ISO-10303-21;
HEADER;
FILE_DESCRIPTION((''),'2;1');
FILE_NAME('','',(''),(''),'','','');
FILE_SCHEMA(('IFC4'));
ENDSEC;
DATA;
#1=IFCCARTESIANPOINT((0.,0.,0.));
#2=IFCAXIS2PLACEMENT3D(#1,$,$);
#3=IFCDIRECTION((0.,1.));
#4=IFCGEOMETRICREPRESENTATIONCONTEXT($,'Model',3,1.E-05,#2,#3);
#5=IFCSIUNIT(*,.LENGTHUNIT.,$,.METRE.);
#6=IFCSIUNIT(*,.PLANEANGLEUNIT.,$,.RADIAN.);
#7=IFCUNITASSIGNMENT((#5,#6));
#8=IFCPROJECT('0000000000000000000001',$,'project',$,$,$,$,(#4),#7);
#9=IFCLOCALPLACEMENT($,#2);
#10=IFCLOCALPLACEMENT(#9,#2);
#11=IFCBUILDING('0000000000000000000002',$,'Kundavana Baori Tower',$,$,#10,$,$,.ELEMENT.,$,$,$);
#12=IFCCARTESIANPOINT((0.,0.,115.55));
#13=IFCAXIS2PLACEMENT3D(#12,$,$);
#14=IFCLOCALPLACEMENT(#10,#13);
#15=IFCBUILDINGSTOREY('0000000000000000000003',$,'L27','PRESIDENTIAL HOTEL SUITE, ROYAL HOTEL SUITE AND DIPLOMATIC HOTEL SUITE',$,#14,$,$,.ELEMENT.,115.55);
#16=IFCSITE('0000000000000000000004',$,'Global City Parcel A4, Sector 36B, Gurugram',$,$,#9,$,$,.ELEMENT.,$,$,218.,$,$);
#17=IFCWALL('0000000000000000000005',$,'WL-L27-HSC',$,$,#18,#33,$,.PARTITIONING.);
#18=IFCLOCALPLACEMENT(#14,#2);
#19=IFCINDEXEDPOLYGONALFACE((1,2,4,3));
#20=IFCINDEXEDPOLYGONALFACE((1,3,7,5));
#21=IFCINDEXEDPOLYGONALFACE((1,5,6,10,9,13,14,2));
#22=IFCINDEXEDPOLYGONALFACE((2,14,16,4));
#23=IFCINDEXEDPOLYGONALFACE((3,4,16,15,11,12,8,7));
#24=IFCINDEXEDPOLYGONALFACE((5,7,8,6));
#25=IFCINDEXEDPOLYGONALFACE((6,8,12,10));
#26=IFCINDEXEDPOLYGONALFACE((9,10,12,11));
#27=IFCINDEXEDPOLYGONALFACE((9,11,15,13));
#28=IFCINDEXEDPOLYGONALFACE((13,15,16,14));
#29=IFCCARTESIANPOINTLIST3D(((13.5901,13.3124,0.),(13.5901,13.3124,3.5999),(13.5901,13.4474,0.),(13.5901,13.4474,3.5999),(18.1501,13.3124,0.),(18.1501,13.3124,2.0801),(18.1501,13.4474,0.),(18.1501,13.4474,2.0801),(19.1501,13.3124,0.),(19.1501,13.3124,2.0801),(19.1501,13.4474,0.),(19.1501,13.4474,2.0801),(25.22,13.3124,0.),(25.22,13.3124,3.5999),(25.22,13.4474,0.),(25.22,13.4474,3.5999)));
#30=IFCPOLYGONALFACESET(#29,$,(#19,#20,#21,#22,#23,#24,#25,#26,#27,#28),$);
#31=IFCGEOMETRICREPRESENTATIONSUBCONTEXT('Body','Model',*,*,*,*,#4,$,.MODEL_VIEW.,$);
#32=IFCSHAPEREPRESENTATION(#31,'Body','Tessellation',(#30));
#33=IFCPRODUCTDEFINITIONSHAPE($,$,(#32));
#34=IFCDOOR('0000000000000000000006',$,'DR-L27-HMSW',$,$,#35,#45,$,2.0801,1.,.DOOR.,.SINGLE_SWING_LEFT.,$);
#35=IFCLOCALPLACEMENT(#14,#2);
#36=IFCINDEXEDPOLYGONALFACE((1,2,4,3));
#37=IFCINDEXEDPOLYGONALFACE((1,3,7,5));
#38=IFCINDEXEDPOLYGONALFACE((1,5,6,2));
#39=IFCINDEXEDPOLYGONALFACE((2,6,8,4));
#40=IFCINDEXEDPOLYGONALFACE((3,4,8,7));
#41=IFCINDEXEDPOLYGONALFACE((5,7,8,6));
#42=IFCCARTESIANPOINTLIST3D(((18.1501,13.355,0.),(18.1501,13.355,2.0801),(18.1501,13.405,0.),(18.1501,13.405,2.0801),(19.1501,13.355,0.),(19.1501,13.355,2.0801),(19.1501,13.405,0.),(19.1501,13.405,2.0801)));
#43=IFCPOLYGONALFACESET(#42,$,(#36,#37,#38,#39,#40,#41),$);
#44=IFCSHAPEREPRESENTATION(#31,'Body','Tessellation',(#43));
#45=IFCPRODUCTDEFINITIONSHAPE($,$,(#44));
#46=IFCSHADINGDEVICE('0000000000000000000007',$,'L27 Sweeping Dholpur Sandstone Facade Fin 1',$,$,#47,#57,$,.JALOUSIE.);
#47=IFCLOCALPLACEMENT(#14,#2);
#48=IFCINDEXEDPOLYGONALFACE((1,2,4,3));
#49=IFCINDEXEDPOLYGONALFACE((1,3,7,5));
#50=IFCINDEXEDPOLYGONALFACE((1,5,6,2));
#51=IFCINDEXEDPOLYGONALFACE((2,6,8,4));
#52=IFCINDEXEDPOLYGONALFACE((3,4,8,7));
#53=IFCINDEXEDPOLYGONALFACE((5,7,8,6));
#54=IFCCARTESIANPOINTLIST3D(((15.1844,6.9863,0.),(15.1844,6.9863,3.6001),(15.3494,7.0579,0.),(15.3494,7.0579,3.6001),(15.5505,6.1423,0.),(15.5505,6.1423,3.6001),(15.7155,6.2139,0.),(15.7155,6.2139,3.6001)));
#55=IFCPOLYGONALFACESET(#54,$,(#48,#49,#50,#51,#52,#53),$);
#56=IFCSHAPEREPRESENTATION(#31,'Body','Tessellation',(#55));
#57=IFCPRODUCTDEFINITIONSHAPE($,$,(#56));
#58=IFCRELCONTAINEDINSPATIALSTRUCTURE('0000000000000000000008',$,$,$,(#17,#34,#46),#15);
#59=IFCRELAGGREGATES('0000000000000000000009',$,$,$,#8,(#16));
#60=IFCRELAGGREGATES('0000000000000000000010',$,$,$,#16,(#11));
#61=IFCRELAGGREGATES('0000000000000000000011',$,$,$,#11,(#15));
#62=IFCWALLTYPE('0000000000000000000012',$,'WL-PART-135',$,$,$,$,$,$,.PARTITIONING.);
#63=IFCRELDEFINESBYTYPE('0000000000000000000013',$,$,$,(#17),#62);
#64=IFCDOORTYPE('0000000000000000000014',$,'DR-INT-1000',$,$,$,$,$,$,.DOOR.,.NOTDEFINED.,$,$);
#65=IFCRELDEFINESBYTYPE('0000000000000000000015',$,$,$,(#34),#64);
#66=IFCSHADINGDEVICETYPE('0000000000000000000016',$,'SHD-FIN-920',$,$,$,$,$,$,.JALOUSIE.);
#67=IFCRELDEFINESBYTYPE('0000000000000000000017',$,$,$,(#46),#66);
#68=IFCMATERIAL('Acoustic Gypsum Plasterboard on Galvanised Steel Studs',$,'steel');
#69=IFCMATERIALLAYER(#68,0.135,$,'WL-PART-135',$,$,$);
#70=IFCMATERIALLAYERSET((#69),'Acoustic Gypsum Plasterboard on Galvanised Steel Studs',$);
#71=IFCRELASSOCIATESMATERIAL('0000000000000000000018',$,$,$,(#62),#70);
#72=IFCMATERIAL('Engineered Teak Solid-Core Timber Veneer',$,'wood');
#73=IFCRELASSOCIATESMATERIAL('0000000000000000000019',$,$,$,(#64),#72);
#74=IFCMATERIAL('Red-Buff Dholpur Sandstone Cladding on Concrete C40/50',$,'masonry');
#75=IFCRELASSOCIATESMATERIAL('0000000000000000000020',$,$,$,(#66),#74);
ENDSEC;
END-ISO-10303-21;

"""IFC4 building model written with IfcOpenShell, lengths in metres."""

from ifc_helpers import new_model, si_unit, direction, frame, frame_2d, origin, origin_2d, place, context, subcontext, project, spatial, rectangle, extrude, material, layer, layer_set, type_object, element, fill, save


model = new_model("IFC4")

# Units and contexts
model_context = context("Model", 3, precision=1e-05, world=origin(), true_north=direction((0.0, 1.0)))
body_context = subcontext(model_context, "Body", "Model", "MODEL_VIEW")
ifc_project = project(units=[si_unit("LENGTHUNIT", "METRE"), si_unit("PLANEANGLEUNIT", "RADIAN")], contexts=[model_context])

# Site, building, storey
site_placement = place(None, origin())
site = spatial("IfcSite", under=ifc_project, at=site_placement, Name="Global City Parcel A4, Sector 36B, Gurugram", CompositionType="ELEMENT", RefElevation=218.0)
building_placement = place(site_placement, origin())
building = spatial("IfcBuilding", under=site, at=building_placement, Name="Kundavana Baori Tower", CompositionType="ELEMENT")
storey_placement = place(building_placement, frame((0.0, 0.0, 115.55)))
storey = spatial("IfcBuildingStorey", under=building, at=storey_placement, Name="L27", Description="PRESIDENTIAL HOTEL SUITE, ROYAL HOTEL SUITE AND DIPLOMATIC HOTEL SUITE", CompositionType="ELEMENT", Elevation=115.55)

# Shared definitions
ifc_material_1 = material(Name="Acoustic Gypsum Plasterboard on Galvanised Steel Studs", Category="steel")
ifc_layer_1 = layer(ifc_material_1, 0.135, Name="WL-PART-135")
ifc_layer_set_1 = layer_set([ifc_layer_1], Name="Acoustic Gypsum Plasterboard on Galvanised Steel Studs")
wall_type_1 = type_object("IfcWallType", Name="WL-PART-135", PredefinedType="PARTITIONING", material=ifc_layer_set_1)

# Wall, opening, door
wall_1_placement = place(storey_placement, frame((13.5901, 13.3799, 0.0), z_axis=(0.0, 0.0, 1.0), x_axis=(1.0, 0.0, 0.0)))
wall_1 = element("IfcWall", 1, at=wall_1_placement, inside=storey, type_object=wall_type_1, Name="WL-L27-HSC", PredefinedType="PARTITIONING", context=body_context, shape_type="SweptSolid", body=[
    extrude(rectangle(XDim=11.6299, YDim=0.135, at=frame_2d((5.8149, 0.0))), origin(), (0.0, 0.0, 1.0), 3.5999),
])
opening_1_placement = place(wall_1_placement, frame((4.5601, 0.0, 0.0)))
opening_1 = element("IfcOpeningElement", 2, at=opening_1_placement, cuts=wall_1, PredefinedType="OPENING", context=body_context, shape_type="SweptSolid", body=[
    extrude(rectangle(XDim=1.0, YDim=2.0801, at=frame_2d((0.5, 1.04))), frame((0.0, 0.0776, 0.0), z_axis=(0.0, -1.0, 0.0), x_axis=(1.0, 0.0, 0.0)), (0.0, 0.0, 1.0), 0.155),
])
ifc_material_2 = material(Name="Engineered Teak Solid-Core Timber Veneer", Category="wood")
door_type_1 = type_object("IfcDoorType", Name="DR-INT-1000", OperationType="NOTDEFINED", PredefinedType="DOOR", material=ifc_material_2)
door_1_placement = place(opening_1_placement, frame((1.0, 0.0, 0.0), z_axis=(0.0, 0.0, 1.0), x_axis=(-1.0, 0.0, 0.0)))
door_1 = element("IfcDoor", 3, at=door_1_placement, inside=storey, type_object=door_type_1, Name="DR-L27-HMSW", OperationType="SINGLE_SWING_LEFT", OverallHeight=2.0801, OverallWidth=1.0, PredefinedType="DOOR", context=body_context, shape_type="SweptSolid", body=[
    extrude(rectangle(XDim=1.0, YDim=2.0801, at=frame_2d((0.5, 1.04))), frame((0.0, 0.0249, 0.0), z_axis=(0.0, -1.0, 0.0), x_axis=(1.0, 0.0, 0.0)), (0.0, 0.0, 1.0), 0.05),
])
fill(opening_1, door_1)

# Shading device
ifc_material_3 = material(Name="Red-Buff Dholpur Sandstone Cladding on Concrete C40/50", Category="masonry")
shading_device_type = type_object("IfcShadingDeviceType", Name="SHD-FIN-920", PredefinedType="JALOUSIE", material=ifc_material_3)
shading_device_placement = place(storey_placement, frame((15.45, 6.6001, 0.0), z_axis=(0.0, 0.0, 1.0), x_axis=(0.917408, 0.397949, 0.0)))
element("IfcShadingDevice", 4, at=shading_device_placement, inside=storey, type_object=shading_device_type, Name="L27 Sweeping Dholpur Sandstone Facade Fin 1", PredefinedType="JALOUSIE", context=body_context, shape_type="SweptSolid", body=[
    extrude(rectangle(XDim=0.1799, YDim=0.9199, at=origin_2d()), origin(), (0.0, 0.0, 1.0), 3.6001),
])

save(model, "model.ifc")
